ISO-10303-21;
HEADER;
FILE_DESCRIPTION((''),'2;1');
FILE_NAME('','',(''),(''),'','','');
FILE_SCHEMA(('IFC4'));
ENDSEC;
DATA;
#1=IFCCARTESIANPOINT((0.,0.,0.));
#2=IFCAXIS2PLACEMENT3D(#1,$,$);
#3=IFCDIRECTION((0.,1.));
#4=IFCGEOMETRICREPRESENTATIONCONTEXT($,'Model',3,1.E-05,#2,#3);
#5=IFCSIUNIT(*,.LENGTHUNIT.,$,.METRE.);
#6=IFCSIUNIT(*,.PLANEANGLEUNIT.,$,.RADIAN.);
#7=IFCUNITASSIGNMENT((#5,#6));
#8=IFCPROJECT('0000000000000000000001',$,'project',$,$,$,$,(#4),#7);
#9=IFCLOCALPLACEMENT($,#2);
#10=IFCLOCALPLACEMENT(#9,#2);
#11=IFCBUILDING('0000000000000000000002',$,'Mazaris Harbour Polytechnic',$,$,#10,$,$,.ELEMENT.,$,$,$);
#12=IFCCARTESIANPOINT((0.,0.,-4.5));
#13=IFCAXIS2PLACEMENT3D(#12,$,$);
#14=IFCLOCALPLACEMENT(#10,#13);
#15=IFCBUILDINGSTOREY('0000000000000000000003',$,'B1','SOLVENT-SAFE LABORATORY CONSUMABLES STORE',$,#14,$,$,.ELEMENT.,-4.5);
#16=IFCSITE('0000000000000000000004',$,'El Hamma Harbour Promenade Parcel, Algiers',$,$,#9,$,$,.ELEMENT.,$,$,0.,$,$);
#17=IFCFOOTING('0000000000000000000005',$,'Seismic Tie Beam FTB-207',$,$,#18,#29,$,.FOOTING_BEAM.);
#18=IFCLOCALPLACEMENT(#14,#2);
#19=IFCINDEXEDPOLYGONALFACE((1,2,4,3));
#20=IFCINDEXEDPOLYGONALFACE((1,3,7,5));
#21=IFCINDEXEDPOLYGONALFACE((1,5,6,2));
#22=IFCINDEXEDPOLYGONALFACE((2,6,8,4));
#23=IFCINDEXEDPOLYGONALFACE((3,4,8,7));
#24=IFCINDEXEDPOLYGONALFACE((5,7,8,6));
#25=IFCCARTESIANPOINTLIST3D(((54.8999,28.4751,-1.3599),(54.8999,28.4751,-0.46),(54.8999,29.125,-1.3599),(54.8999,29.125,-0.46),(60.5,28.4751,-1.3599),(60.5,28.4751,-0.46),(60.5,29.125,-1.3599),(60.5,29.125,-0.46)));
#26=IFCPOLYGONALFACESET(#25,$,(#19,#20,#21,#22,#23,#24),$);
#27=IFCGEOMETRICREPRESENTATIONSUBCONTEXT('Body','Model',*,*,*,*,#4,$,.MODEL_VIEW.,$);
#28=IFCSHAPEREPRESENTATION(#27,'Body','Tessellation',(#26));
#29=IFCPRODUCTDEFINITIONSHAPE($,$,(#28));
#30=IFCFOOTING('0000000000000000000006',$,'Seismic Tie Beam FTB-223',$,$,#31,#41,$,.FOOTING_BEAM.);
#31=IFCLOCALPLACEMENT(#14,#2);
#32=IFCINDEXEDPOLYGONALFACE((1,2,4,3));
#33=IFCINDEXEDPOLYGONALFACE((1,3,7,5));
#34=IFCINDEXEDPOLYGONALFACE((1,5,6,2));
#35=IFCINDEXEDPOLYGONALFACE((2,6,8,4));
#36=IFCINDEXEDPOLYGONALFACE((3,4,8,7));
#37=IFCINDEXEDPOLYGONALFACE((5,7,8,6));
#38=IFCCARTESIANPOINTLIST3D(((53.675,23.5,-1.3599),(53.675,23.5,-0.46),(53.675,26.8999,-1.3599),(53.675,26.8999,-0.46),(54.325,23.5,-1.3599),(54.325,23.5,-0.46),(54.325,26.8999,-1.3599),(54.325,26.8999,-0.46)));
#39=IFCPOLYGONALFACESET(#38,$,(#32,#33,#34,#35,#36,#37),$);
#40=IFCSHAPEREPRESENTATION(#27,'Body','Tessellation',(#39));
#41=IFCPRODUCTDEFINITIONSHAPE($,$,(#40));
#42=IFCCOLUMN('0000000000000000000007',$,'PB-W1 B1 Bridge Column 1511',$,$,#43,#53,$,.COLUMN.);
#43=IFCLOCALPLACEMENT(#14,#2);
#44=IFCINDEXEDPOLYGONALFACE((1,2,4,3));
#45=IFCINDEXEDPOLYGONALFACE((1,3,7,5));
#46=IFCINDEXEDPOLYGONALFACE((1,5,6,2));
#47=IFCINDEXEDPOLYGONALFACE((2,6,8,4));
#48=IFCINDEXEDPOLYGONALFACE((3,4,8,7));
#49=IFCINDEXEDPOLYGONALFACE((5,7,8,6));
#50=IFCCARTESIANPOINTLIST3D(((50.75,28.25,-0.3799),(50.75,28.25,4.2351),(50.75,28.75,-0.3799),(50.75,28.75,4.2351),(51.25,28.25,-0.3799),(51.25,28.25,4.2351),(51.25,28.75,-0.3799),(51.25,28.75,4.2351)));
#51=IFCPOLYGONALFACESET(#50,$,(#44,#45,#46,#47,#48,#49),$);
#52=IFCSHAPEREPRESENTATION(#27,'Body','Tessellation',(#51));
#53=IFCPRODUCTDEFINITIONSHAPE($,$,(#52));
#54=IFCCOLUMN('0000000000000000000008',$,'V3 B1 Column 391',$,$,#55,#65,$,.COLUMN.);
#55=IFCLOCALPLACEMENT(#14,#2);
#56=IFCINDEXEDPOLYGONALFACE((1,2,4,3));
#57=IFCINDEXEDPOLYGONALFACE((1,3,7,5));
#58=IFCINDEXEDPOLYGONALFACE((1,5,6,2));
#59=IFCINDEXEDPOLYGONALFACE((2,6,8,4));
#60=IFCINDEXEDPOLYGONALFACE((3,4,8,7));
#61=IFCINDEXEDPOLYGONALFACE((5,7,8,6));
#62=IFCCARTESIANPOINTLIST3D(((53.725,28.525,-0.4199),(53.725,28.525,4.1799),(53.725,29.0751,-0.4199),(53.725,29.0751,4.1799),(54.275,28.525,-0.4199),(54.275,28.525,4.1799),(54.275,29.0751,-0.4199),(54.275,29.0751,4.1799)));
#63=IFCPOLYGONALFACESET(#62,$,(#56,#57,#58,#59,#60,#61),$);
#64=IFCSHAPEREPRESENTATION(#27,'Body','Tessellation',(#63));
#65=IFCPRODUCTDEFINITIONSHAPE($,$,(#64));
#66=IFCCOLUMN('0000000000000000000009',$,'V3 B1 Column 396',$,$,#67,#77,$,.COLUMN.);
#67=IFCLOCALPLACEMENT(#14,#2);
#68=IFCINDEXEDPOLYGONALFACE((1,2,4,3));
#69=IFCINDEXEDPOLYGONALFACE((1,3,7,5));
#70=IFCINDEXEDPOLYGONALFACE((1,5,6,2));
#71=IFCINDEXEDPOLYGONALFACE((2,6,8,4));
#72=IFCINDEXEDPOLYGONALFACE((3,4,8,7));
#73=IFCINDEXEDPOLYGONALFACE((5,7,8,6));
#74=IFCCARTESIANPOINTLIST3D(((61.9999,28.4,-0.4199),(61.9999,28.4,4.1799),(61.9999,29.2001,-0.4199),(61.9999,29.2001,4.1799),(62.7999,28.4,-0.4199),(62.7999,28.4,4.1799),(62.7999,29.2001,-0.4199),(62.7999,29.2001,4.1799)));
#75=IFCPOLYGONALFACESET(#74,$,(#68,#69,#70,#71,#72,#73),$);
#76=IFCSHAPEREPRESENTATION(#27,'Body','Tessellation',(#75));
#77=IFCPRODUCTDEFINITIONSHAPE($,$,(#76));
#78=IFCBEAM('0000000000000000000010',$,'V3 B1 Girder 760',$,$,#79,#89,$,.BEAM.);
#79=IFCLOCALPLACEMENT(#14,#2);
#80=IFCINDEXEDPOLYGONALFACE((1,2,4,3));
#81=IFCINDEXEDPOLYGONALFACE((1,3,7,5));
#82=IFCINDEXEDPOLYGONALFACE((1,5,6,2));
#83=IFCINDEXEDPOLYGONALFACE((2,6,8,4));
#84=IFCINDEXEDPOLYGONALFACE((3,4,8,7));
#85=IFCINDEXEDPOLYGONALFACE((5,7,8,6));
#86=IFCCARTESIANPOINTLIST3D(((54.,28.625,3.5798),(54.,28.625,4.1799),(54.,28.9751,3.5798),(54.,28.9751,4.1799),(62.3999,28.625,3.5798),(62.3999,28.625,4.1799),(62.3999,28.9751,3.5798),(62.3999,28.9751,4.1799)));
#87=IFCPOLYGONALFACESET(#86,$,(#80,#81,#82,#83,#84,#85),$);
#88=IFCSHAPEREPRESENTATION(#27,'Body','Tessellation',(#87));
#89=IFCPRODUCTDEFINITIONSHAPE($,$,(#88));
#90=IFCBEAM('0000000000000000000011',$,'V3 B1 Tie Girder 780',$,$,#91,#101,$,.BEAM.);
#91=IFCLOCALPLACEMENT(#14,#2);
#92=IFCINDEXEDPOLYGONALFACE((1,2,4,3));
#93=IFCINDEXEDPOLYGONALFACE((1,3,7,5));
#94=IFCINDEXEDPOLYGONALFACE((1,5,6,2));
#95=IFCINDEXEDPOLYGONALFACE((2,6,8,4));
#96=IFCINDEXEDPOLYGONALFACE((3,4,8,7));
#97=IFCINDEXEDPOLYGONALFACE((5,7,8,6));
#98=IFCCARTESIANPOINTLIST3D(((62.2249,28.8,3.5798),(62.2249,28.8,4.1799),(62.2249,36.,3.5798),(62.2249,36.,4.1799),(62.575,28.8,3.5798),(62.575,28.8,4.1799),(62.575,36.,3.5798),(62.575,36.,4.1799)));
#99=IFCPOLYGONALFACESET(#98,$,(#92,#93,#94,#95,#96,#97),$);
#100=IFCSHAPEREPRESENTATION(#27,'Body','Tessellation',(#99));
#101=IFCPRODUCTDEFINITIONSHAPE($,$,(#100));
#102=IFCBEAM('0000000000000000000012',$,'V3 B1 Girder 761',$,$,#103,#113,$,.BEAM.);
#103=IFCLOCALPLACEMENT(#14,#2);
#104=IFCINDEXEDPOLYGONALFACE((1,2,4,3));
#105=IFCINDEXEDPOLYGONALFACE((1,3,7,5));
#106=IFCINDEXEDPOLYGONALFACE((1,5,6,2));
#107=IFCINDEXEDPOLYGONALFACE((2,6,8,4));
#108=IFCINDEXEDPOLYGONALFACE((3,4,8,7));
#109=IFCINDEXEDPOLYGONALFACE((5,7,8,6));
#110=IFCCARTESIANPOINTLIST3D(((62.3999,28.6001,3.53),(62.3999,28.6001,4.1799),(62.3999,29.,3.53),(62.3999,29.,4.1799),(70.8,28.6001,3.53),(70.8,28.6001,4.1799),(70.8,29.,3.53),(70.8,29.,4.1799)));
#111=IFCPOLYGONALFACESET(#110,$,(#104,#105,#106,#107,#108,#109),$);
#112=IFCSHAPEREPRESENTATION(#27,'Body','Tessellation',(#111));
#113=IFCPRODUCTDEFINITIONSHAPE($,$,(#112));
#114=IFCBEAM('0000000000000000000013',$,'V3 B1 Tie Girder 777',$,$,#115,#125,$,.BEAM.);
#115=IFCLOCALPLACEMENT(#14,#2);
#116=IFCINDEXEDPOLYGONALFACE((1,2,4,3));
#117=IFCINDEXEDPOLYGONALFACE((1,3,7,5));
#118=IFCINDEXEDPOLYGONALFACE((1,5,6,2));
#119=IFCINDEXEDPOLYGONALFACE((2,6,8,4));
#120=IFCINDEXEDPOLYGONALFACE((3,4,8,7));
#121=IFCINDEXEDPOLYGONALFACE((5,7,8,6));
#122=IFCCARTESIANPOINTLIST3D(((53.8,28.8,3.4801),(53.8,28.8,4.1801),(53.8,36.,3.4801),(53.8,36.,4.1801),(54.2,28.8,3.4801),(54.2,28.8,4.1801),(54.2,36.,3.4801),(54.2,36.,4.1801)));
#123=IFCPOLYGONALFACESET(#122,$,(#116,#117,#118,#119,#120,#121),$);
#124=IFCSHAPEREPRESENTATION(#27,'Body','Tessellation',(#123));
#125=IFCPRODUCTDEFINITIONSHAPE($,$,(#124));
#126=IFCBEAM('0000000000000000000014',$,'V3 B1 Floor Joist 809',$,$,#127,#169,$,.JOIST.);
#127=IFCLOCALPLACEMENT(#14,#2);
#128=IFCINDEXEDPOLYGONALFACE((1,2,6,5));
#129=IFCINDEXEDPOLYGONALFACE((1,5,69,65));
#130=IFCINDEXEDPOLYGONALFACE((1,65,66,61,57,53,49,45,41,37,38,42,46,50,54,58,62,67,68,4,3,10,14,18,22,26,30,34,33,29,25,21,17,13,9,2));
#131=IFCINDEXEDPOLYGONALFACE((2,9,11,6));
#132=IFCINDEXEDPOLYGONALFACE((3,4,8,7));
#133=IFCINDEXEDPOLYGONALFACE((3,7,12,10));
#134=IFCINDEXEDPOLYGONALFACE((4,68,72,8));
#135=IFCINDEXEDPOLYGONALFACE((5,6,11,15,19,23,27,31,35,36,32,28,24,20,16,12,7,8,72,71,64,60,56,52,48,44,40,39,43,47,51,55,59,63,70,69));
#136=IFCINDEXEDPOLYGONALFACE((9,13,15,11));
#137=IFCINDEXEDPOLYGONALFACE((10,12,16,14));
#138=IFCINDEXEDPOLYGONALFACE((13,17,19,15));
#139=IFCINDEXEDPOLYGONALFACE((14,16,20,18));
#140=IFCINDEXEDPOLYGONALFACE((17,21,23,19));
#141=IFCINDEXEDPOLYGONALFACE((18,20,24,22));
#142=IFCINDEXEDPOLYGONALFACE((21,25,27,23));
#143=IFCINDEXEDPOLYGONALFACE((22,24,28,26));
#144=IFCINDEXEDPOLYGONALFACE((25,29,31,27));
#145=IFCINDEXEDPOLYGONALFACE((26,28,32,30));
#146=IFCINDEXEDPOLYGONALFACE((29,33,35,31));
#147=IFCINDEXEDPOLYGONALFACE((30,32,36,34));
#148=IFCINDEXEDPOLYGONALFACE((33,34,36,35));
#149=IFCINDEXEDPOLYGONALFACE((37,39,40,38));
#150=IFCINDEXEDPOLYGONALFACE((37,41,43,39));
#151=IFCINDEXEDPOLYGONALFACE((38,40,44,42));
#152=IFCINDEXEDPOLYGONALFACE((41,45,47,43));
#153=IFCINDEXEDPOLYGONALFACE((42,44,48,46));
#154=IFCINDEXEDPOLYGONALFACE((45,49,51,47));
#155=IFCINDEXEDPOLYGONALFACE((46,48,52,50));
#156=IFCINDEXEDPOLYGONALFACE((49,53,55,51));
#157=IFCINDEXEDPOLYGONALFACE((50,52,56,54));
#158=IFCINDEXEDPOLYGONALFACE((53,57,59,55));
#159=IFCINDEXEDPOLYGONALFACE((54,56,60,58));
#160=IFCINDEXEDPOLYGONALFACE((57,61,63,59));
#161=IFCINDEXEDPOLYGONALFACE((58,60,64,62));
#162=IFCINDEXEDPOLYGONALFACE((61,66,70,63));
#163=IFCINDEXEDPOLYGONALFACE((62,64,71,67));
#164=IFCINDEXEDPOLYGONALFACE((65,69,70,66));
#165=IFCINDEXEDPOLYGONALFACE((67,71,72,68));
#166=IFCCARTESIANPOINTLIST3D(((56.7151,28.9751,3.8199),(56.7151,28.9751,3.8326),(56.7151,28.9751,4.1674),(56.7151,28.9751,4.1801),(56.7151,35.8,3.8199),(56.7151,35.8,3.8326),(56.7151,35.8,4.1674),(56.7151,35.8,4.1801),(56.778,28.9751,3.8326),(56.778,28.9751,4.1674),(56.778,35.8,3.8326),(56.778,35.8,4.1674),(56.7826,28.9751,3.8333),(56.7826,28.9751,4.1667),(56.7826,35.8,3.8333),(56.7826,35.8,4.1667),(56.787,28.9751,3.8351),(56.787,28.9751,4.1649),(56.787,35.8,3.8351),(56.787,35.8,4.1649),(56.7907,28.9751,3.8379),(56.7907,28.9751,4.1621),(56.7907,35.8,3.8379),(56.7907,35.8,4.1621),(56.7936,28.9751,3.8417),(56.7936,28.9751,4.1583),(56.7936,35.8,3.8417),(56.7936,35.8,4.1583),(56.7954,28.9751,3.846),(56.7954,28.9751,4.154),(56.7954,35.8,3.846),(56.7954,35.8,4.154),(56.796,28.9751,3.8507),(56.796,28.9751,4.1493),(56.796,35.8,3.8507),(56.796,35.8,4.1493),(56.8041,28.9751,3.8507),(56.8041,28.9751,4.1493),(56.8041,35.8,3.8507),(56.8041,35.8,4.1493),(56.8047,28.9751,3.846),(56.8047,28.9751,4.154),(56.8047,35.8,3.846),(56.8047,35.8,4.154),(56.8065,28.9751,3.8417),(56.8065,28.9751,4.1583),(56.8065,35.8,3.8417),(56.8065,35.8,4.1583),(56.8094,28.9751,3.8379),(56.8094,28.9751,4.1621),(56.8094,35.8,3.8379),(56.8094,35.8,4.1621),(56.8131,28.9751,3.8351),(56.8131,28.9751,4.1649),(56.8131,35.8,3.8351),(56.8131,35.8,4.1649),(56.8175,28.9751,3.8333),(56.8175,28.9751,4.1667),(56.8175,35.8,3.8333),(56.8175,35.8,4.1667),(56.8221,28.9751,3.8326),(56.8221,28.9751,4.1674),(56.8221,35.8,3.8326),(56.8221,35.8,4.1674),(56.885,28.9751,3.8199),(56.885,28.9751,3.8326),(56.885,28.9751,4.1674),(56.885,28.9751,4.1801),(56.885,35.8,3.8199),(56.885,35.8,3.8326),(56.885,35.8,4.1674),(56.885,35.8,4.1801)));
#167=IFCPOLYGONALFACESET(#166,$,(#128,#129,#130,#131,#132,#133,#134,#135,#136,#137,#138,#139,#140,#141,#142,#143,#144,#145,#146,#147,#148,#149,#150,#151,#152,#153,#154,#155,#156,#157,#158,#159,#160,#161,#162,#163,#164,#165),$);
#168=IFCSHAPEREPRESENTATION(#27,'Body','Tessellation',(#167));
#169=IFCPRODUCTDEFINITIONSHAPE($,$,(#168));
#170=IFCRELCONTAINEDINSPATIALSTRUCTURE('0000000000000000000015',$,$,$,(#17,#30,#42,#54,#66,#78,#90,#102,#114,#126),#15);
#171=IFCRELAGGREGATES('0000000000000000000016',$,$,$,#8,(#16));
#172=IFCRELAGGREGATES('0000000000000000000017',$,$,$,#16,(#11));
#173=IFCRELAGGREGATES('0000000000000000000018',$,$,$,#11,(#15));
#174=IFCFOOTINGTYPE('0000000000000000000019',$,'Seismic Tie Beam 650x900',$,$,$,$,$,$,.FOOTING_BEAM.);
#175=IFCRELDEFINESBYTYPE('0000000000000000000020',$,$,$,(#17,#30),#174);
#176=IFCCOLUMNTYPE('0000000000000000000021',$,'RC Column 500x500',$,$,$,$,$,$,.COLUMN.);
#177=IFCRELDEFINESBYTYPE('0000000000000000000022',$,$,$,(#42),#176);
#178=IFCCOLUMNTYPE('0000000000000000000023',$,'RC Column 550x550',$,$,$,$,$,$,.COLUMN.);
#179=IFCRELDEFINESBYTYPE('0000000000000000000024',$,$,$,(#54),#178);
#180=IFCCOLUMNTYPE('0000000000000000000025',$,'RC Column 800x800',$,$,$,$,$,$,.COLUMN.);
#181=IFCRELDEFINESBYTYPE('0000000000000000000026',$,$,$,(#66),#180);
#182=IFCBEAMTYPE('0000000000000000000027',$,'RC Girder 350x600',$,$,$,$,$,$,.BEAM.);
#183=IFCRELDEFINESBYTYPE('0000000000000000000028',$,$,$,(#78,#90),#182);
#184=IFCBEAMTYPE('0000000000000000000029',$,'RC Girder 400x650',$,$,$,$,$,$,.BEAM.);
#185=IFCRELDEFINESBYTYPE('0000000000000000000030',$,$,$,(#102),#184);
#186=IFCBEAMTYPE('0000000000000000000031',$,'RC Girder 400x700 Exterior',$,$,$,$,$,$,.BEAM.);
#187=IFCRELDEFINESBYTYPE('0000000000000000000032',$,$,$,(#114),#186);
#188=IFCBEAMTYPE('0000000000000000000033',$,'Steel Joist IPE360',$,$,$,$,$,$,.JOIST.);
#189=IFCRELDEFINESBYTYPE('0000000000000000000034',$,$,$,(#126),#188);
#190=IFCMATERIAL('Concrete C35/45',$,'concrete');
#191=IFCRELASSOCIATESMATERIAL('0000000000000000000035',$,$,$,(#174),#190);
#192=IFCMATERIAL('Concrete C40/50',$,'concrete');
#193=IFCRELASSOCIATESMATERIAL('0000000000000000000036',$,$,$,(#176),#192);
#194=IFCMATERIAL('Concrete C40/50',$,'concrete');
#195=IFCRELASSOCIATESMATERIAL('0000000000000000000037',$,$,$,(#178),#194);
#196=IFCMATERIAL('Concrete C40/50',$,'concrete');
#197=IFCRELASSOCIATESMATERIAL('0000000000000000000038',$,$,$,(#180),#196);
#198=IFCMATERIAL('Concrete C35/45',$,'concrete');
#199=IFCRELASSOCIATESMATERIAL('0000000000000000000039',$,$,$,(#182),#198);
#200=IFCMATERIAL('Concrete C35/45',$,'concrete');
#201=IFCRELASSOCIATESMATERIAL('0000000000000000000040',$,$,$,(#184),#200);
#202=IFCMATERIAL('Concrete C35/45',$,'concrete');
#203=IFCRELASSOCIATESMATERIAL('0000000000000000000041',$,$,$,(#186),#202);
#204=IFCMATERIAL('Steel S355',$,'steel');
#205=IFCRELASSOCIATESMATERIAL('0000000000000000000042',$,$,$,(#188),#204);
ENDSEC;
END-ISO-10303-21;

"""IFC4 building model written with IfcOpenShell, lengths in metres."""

from ifc_helpers import new_model, si_unit, direction, frame, origin, origin_2d, place, context, subcontext, project, spatial, rectangle, i_section, extrude, material, material_profile, profile_set, type_object, element, save


model = new_model("IFC4")

# Units and contexts
model_context = context("Model", 3, precision=1e-05, world=origin(), true_north=direction((0.0, 1.0)))
body_context = subcontext(model_context, "Body", "Model", "MODEL_VIEW")
ifc_project = project(units=[si_unit("LENGTHUNIT", "METRE"), si_unit("PLANEANGLEUNIT", "RADIAN")], contexts=[model_context])

# Site, building, storey
site_placement = place(None, origin())
site = spatial("IfcSite", under=ifc_project, at=site_placement, Name="El Hamma Harbour Promenade Parcel, Algiers", CompositionType="ELEMENT", RefElevation=0.0)
building_placement = place(site_placement, origin())
building = spatial("IfcBuilding", under=site, at=building_placement, Name="Mazaris Harbour Polytechnic", CompositionType="ELEMENT")
storey_placement = place(building_placement, frame((0.0, 0.0, -4.5)))
storey = spatial("IfcBuildingStorey", under=building, at=storey_placement, Name="B1", Description="SOLVENT-SAFE LABORATORY CONSUMABLES STORE", CompositionType="ELEMENT", Elevation=-4.5)

# Footings
ifc_material_1 = material(Name="Concrete C35/45", Category="concrete")
ifc_material_profile_1 = material_profile(ifc_material_1, rectangle(XDim=0.6499, YDim=0.8999, at=origin_2d()), Name="RECT650x900")
ifc_profile_set_1 = profile_set([ifc_material_profile_1], Name="Concrete C35/45")
footing_type_1 = type_object("IfcFootingType", Name="Seismic Tie Beam 650x900", PredefinedType="FOOTING_BEAM", material=ifc_profile_set_1)
footing_1_placement = place(storey_placement, frame((54.8999, 28.8, -0.9099), z_axis=(1.0, 0.0, 0.0), x_axis=(0.0, 1.0, 0.0)))
element("IfcFooting", 1, at=footing_1_placement, inside=storey, type_object=footing_type_1, Name="Seismic Tie Beam FTB-207", PredefinedType="FOOTING_BEAM", context=body_context, shape_type="SweptSolid", body=[
    extrude(rectangle(XDim=0.6499, YDim=0.8999, at=origin_2d()), origin(), (0.0, 0.0, 1.0), 5.6001),
])
footing_2_placement = place(storey_placement, frame((54.0, 23.5, -0.9099), z_axis=(0.0, 1.0, 0.0), x_axis=(-1.0, 0.0, 0.0)))
element("IfcFooting", 2, at=footing_2_placement, inside=storey, type_object=footing_type_1, Name="Seismic Tie Beam FTB-223", PredefinedType="FOOTING_BEAM", context=body_context, shape_type="SweptSolid", body=[
    extrude(rectangle(XDim=0.6499, YDim=0.8999, at=origin_2d()), origin(), (0.0, 0.0, 1.0), 3.3999),
])

# Columns
ifc_material_2 = material(Name="Concrete C40/50", Category="concrete")
ifc_material_profile_2 = material_profile(ifc_material_2, rectangle(XDim=0.5, YDim=0.5, at=origin_2d()), Name="RECT500x500")
ifc_profile_set_2 = profile_set([ifc_material_profile_2], Name="Concrete C40/50")
column_type_1 = type_object("IfcColumnType", Name="RC Column 500x500", PredefinedType="COLUMN", material=ifc_profile_set_2)
column_1_placement = place(storey_placement, frame((51.0, 28.5, -0.3799), z_axis=(0.0, 0.0, 1.0), x_axis=(1.0, 0.0, 0.0)))
element("IfcColumn", 3, at=column_1_placement, inside=storey, type_object=column_type_1, Name="PB-W1 B1 Bridge Column 1511", PredefinedType="COLUMN", context=body_context, shape_type="SweptSolid", body=[
    extrude(rectangle(XDim=0.5, YDim=0.5, at=origin_2d()), origin(), (0.0, 0.0, 1.0), 4.615),
])
ifc_material_3 = material(Name="Concrete C40/50", Category="concrete")
ifc_material_profile_3 = material_profile(ifc_material_3, rectangle(XDim=0.55, YDim=0.55, at=origin_2d()), Name="RECT550x550")
ifc_profile_set_3 = profile_set([ifc_material_profile_3], Name="Concrete C40/50")
column_type_2 = type_object("IfcColumnType", Name="RC Column 550x550", PredefinedType="COLUMN", material=ifc_profile_set_3)
column_2_placement = place(storey_placement, frame((54.0, 28.8, -0.4199), z_axis=(0.0, 0.0, 1.0), x_axis=(1.0, 0.0, 0.0)))
element("IfcColumn", 4, at=column_2_placement, inside=storey, type_object=column_type_2, Name="V3 B1 Column 391", PredefinedType="COLUMN", context=body_context, shape_type="SweptSolid", body=[
    extrude(rectangle(XDim=0.55, YDim=0.55, at=origin_2d()), origin(), (0.0, 0.0, 1.0), 4.5999),
])
ifc_material_4 = material(Name="Concrete C40/50", Category="concrete")
ifc_material_profile_4 = material_profile(ifc_material_4, rectangle(XDim=0.8, YDim=0.8, at=origin_2d()), Name="RECT800x800")
ifc_profile_set_4 = profile_set([ifc_material_profile_4], Name="Concrete C40/50")
column_type_3 = type_object("IfcColumnType", Name="RC Column 800x800", PredefinedType="COLUMN", material=ifc_profile_set_4)
column_3_placement = place(storey_placement, frame((62.3999, 28.8, -0.4199), z_axis=(0.0, 0.0, 1.0), x_axis=(1.0, 0.0, 0.0)))
element("IfcColumn", 5, at=column_3_placement, inside=storey, type_object=column_type_3, Name="V3 B1 Column 396", PredefinedType="COLUMN", context=body_context, shape_type="SweptSolid", body=[
    extrude(rectangle(XDim=0.8, YDim=0.8, at=origin_2d()), origin(), (0.0, 0.0, 1.0), 4.5999),
])

# Beams
ifc_material_5 = material(Name="Concrete C35/45", Category="concrete")
ifc_material_profile_5 = material_profile(ifc_material_5, rectangle(XDim=0.3501, YDim=0.6001, at=origin_2d()), Name="RECT350x600")
ifc_profile_set_5 = profile_set([ifc_material_profile_5], Name="Concrete C35/45")
beam_type_1 = type_object("IfcBeamType", Name="RC Girder 350x600", PredefinedType="BEAM", material=ifc_profile_set_5)
beam_1_placement = place(storey_placement, frame((54.0, 28.8, 3.8799), z_axis=(1.0, 0.0, 0.0), x_axis=(0.0, 1.0, 0.0)))
element("IfcBeam", 6, at=beam_1_placement, inside=storey, type_object=beam_type_1, Name="V3 B1 Girder 760", PredefinedType="BEAM", context=body_context, shape_type="SweptSolid", body=[
    extrude(rectangle(XDim=0.3501, YDim=0.6001, at=origin_2d()), origin(), (0.0, 0.0, 1.0), 8.3999),
])
beam_2_placement = place(storey_placement, frame((62.3999, 28.8, 3.8799), z_axis=(0.0, 1.0, 0.0), x_axis=(-1.0, 0.0, 0.0)))
element("IfcBeam", 7, at=beam_2_placement, inside=storey, type_object=beam_type_1, Name="V3 B1 Tie Girder 780", PredefinedType="BEAM", context=body_context, shape_type="SweptSolid", body=[
    extrude(rectangle(XDim=0.3501, YDim=0.6001, at=origin_2d()), origin(), (0.0, 0.0, 1.0), 7.2),
])
ifc_material_6 = material(Name="Concrete C35/45", Category="concrete")
ifc_material_profile_6 = material_profile(ifc_material_6, rectangle(XDim=0.3999, YDim=0.6499, at=origin_2d()), Name="RECT400x650")
ifc_profile_set_6 = profile_set([ifc_material_profile_6], Name="Concrete C35/45")
beam_type_2 = type_object("IfcBeamType", Name="RC Girder 400x650", PredefinedType="BEAM", material=ifc_profile_set_6)
beam_3_placement = place(storey_placement, frame((62.3999, 28.8, 3.855), z_axis=(1.0, 0.0, 0.0), x_axis=(0.0, 1.0, 0.0)))
element("IfcBeam", 8, at=beam_3_placement, inside=storey, type_object=beam_type_2, Name="V3 B1 Girder 761", PredefinedType="BEAM", context=body_context, shape_type="SweptSolid", body=[
    extrude(rectangle(XDim=0.3999, YDim=0.6499, at=origin_2d()), origin(), (0.0, 0.0, 1.0), 8.4001),
])
ifc_material_7 = material(Name="Concrete C35/45", Category="concrete")
ifc_material_profile_7 = material_profile(ifc_material_7, rectangle(XDim=0.3999, YDim=0.7, at=origin_2d()), Name="RECT400x700")
ifc_profile_set_7 = profile_set([ifc_material_profile_7], Name="Concrete C35/45")
beam_type_3 = type_object("IfcBeamType", Name="RC Girder 400x700 Exterior", PredefinedType="BEAM", material=ifc_profile_set_7)
beam_4_placement = place(storey_placement, frame((54.0, 28.8, 3.8301), z_axis=(0.0, 1.0, 0.0), x_axis=(-1.0, 0.0, 0.0)))
element("IfcBeam", 9, at=beam_4_placement, inside=storey, type_object=beam_type_3, Name="V3 B1 Tie Girder 777", PredefinedType="BEAM", context=body_context, shape_type="SweptSolid", body=[
    extrude(rectangle(XDim=0.3999, YDim=0.7, at=origin_2d()), origin(), (0.0, 0.0, 1.0), 7.2),
])
ifc_material_8 = material(Name="Steel S355", Category="steel")
ifc_material_profile_8 = material_profile(ifc_material_8, i_section(OverallWidth=0.1699, OverallDepth=0.3601, WebThickness=0.0081, FlangeThickness=0.0127, FilletRadius=0.0181, at=origin_2d()), Name="IPE 360")
ifc_profile_set_8 = profile_set([ifc_material_profile_8], Name="Steel S355")
beam_type_4 = type_object("IfcBeamType", Name="Steel Joist IPE360", PredefinedType="JOIST", material=ifc_profile_set_8)
beam_5_placement = place(storey_placement, frame((56.8, 28.9751, 4.0), z_axis=(0.0, 1.0, 0.0), x_axis=(-1.0, 0.0, 0.0)))
element("IfcBeam", 10, at=beam_5_placement, inside=storey, type_object=beam_type_4, Name="V3 B1 Floor Joist 809", PredefinedType="JOIST", context=body_context, shape_type="SweptSolid", body=[
    extrude(i_section(OverallWidth=0.1699, OverallDepth=0.3601, WebThickness=0.0081, FlangeThickness=0.0127, FilletRadius=0.0181, at=origin_2d()), origin(), (0.0, 0.0, 1.0), 6.825),
])

save(model, "model.ifc")
